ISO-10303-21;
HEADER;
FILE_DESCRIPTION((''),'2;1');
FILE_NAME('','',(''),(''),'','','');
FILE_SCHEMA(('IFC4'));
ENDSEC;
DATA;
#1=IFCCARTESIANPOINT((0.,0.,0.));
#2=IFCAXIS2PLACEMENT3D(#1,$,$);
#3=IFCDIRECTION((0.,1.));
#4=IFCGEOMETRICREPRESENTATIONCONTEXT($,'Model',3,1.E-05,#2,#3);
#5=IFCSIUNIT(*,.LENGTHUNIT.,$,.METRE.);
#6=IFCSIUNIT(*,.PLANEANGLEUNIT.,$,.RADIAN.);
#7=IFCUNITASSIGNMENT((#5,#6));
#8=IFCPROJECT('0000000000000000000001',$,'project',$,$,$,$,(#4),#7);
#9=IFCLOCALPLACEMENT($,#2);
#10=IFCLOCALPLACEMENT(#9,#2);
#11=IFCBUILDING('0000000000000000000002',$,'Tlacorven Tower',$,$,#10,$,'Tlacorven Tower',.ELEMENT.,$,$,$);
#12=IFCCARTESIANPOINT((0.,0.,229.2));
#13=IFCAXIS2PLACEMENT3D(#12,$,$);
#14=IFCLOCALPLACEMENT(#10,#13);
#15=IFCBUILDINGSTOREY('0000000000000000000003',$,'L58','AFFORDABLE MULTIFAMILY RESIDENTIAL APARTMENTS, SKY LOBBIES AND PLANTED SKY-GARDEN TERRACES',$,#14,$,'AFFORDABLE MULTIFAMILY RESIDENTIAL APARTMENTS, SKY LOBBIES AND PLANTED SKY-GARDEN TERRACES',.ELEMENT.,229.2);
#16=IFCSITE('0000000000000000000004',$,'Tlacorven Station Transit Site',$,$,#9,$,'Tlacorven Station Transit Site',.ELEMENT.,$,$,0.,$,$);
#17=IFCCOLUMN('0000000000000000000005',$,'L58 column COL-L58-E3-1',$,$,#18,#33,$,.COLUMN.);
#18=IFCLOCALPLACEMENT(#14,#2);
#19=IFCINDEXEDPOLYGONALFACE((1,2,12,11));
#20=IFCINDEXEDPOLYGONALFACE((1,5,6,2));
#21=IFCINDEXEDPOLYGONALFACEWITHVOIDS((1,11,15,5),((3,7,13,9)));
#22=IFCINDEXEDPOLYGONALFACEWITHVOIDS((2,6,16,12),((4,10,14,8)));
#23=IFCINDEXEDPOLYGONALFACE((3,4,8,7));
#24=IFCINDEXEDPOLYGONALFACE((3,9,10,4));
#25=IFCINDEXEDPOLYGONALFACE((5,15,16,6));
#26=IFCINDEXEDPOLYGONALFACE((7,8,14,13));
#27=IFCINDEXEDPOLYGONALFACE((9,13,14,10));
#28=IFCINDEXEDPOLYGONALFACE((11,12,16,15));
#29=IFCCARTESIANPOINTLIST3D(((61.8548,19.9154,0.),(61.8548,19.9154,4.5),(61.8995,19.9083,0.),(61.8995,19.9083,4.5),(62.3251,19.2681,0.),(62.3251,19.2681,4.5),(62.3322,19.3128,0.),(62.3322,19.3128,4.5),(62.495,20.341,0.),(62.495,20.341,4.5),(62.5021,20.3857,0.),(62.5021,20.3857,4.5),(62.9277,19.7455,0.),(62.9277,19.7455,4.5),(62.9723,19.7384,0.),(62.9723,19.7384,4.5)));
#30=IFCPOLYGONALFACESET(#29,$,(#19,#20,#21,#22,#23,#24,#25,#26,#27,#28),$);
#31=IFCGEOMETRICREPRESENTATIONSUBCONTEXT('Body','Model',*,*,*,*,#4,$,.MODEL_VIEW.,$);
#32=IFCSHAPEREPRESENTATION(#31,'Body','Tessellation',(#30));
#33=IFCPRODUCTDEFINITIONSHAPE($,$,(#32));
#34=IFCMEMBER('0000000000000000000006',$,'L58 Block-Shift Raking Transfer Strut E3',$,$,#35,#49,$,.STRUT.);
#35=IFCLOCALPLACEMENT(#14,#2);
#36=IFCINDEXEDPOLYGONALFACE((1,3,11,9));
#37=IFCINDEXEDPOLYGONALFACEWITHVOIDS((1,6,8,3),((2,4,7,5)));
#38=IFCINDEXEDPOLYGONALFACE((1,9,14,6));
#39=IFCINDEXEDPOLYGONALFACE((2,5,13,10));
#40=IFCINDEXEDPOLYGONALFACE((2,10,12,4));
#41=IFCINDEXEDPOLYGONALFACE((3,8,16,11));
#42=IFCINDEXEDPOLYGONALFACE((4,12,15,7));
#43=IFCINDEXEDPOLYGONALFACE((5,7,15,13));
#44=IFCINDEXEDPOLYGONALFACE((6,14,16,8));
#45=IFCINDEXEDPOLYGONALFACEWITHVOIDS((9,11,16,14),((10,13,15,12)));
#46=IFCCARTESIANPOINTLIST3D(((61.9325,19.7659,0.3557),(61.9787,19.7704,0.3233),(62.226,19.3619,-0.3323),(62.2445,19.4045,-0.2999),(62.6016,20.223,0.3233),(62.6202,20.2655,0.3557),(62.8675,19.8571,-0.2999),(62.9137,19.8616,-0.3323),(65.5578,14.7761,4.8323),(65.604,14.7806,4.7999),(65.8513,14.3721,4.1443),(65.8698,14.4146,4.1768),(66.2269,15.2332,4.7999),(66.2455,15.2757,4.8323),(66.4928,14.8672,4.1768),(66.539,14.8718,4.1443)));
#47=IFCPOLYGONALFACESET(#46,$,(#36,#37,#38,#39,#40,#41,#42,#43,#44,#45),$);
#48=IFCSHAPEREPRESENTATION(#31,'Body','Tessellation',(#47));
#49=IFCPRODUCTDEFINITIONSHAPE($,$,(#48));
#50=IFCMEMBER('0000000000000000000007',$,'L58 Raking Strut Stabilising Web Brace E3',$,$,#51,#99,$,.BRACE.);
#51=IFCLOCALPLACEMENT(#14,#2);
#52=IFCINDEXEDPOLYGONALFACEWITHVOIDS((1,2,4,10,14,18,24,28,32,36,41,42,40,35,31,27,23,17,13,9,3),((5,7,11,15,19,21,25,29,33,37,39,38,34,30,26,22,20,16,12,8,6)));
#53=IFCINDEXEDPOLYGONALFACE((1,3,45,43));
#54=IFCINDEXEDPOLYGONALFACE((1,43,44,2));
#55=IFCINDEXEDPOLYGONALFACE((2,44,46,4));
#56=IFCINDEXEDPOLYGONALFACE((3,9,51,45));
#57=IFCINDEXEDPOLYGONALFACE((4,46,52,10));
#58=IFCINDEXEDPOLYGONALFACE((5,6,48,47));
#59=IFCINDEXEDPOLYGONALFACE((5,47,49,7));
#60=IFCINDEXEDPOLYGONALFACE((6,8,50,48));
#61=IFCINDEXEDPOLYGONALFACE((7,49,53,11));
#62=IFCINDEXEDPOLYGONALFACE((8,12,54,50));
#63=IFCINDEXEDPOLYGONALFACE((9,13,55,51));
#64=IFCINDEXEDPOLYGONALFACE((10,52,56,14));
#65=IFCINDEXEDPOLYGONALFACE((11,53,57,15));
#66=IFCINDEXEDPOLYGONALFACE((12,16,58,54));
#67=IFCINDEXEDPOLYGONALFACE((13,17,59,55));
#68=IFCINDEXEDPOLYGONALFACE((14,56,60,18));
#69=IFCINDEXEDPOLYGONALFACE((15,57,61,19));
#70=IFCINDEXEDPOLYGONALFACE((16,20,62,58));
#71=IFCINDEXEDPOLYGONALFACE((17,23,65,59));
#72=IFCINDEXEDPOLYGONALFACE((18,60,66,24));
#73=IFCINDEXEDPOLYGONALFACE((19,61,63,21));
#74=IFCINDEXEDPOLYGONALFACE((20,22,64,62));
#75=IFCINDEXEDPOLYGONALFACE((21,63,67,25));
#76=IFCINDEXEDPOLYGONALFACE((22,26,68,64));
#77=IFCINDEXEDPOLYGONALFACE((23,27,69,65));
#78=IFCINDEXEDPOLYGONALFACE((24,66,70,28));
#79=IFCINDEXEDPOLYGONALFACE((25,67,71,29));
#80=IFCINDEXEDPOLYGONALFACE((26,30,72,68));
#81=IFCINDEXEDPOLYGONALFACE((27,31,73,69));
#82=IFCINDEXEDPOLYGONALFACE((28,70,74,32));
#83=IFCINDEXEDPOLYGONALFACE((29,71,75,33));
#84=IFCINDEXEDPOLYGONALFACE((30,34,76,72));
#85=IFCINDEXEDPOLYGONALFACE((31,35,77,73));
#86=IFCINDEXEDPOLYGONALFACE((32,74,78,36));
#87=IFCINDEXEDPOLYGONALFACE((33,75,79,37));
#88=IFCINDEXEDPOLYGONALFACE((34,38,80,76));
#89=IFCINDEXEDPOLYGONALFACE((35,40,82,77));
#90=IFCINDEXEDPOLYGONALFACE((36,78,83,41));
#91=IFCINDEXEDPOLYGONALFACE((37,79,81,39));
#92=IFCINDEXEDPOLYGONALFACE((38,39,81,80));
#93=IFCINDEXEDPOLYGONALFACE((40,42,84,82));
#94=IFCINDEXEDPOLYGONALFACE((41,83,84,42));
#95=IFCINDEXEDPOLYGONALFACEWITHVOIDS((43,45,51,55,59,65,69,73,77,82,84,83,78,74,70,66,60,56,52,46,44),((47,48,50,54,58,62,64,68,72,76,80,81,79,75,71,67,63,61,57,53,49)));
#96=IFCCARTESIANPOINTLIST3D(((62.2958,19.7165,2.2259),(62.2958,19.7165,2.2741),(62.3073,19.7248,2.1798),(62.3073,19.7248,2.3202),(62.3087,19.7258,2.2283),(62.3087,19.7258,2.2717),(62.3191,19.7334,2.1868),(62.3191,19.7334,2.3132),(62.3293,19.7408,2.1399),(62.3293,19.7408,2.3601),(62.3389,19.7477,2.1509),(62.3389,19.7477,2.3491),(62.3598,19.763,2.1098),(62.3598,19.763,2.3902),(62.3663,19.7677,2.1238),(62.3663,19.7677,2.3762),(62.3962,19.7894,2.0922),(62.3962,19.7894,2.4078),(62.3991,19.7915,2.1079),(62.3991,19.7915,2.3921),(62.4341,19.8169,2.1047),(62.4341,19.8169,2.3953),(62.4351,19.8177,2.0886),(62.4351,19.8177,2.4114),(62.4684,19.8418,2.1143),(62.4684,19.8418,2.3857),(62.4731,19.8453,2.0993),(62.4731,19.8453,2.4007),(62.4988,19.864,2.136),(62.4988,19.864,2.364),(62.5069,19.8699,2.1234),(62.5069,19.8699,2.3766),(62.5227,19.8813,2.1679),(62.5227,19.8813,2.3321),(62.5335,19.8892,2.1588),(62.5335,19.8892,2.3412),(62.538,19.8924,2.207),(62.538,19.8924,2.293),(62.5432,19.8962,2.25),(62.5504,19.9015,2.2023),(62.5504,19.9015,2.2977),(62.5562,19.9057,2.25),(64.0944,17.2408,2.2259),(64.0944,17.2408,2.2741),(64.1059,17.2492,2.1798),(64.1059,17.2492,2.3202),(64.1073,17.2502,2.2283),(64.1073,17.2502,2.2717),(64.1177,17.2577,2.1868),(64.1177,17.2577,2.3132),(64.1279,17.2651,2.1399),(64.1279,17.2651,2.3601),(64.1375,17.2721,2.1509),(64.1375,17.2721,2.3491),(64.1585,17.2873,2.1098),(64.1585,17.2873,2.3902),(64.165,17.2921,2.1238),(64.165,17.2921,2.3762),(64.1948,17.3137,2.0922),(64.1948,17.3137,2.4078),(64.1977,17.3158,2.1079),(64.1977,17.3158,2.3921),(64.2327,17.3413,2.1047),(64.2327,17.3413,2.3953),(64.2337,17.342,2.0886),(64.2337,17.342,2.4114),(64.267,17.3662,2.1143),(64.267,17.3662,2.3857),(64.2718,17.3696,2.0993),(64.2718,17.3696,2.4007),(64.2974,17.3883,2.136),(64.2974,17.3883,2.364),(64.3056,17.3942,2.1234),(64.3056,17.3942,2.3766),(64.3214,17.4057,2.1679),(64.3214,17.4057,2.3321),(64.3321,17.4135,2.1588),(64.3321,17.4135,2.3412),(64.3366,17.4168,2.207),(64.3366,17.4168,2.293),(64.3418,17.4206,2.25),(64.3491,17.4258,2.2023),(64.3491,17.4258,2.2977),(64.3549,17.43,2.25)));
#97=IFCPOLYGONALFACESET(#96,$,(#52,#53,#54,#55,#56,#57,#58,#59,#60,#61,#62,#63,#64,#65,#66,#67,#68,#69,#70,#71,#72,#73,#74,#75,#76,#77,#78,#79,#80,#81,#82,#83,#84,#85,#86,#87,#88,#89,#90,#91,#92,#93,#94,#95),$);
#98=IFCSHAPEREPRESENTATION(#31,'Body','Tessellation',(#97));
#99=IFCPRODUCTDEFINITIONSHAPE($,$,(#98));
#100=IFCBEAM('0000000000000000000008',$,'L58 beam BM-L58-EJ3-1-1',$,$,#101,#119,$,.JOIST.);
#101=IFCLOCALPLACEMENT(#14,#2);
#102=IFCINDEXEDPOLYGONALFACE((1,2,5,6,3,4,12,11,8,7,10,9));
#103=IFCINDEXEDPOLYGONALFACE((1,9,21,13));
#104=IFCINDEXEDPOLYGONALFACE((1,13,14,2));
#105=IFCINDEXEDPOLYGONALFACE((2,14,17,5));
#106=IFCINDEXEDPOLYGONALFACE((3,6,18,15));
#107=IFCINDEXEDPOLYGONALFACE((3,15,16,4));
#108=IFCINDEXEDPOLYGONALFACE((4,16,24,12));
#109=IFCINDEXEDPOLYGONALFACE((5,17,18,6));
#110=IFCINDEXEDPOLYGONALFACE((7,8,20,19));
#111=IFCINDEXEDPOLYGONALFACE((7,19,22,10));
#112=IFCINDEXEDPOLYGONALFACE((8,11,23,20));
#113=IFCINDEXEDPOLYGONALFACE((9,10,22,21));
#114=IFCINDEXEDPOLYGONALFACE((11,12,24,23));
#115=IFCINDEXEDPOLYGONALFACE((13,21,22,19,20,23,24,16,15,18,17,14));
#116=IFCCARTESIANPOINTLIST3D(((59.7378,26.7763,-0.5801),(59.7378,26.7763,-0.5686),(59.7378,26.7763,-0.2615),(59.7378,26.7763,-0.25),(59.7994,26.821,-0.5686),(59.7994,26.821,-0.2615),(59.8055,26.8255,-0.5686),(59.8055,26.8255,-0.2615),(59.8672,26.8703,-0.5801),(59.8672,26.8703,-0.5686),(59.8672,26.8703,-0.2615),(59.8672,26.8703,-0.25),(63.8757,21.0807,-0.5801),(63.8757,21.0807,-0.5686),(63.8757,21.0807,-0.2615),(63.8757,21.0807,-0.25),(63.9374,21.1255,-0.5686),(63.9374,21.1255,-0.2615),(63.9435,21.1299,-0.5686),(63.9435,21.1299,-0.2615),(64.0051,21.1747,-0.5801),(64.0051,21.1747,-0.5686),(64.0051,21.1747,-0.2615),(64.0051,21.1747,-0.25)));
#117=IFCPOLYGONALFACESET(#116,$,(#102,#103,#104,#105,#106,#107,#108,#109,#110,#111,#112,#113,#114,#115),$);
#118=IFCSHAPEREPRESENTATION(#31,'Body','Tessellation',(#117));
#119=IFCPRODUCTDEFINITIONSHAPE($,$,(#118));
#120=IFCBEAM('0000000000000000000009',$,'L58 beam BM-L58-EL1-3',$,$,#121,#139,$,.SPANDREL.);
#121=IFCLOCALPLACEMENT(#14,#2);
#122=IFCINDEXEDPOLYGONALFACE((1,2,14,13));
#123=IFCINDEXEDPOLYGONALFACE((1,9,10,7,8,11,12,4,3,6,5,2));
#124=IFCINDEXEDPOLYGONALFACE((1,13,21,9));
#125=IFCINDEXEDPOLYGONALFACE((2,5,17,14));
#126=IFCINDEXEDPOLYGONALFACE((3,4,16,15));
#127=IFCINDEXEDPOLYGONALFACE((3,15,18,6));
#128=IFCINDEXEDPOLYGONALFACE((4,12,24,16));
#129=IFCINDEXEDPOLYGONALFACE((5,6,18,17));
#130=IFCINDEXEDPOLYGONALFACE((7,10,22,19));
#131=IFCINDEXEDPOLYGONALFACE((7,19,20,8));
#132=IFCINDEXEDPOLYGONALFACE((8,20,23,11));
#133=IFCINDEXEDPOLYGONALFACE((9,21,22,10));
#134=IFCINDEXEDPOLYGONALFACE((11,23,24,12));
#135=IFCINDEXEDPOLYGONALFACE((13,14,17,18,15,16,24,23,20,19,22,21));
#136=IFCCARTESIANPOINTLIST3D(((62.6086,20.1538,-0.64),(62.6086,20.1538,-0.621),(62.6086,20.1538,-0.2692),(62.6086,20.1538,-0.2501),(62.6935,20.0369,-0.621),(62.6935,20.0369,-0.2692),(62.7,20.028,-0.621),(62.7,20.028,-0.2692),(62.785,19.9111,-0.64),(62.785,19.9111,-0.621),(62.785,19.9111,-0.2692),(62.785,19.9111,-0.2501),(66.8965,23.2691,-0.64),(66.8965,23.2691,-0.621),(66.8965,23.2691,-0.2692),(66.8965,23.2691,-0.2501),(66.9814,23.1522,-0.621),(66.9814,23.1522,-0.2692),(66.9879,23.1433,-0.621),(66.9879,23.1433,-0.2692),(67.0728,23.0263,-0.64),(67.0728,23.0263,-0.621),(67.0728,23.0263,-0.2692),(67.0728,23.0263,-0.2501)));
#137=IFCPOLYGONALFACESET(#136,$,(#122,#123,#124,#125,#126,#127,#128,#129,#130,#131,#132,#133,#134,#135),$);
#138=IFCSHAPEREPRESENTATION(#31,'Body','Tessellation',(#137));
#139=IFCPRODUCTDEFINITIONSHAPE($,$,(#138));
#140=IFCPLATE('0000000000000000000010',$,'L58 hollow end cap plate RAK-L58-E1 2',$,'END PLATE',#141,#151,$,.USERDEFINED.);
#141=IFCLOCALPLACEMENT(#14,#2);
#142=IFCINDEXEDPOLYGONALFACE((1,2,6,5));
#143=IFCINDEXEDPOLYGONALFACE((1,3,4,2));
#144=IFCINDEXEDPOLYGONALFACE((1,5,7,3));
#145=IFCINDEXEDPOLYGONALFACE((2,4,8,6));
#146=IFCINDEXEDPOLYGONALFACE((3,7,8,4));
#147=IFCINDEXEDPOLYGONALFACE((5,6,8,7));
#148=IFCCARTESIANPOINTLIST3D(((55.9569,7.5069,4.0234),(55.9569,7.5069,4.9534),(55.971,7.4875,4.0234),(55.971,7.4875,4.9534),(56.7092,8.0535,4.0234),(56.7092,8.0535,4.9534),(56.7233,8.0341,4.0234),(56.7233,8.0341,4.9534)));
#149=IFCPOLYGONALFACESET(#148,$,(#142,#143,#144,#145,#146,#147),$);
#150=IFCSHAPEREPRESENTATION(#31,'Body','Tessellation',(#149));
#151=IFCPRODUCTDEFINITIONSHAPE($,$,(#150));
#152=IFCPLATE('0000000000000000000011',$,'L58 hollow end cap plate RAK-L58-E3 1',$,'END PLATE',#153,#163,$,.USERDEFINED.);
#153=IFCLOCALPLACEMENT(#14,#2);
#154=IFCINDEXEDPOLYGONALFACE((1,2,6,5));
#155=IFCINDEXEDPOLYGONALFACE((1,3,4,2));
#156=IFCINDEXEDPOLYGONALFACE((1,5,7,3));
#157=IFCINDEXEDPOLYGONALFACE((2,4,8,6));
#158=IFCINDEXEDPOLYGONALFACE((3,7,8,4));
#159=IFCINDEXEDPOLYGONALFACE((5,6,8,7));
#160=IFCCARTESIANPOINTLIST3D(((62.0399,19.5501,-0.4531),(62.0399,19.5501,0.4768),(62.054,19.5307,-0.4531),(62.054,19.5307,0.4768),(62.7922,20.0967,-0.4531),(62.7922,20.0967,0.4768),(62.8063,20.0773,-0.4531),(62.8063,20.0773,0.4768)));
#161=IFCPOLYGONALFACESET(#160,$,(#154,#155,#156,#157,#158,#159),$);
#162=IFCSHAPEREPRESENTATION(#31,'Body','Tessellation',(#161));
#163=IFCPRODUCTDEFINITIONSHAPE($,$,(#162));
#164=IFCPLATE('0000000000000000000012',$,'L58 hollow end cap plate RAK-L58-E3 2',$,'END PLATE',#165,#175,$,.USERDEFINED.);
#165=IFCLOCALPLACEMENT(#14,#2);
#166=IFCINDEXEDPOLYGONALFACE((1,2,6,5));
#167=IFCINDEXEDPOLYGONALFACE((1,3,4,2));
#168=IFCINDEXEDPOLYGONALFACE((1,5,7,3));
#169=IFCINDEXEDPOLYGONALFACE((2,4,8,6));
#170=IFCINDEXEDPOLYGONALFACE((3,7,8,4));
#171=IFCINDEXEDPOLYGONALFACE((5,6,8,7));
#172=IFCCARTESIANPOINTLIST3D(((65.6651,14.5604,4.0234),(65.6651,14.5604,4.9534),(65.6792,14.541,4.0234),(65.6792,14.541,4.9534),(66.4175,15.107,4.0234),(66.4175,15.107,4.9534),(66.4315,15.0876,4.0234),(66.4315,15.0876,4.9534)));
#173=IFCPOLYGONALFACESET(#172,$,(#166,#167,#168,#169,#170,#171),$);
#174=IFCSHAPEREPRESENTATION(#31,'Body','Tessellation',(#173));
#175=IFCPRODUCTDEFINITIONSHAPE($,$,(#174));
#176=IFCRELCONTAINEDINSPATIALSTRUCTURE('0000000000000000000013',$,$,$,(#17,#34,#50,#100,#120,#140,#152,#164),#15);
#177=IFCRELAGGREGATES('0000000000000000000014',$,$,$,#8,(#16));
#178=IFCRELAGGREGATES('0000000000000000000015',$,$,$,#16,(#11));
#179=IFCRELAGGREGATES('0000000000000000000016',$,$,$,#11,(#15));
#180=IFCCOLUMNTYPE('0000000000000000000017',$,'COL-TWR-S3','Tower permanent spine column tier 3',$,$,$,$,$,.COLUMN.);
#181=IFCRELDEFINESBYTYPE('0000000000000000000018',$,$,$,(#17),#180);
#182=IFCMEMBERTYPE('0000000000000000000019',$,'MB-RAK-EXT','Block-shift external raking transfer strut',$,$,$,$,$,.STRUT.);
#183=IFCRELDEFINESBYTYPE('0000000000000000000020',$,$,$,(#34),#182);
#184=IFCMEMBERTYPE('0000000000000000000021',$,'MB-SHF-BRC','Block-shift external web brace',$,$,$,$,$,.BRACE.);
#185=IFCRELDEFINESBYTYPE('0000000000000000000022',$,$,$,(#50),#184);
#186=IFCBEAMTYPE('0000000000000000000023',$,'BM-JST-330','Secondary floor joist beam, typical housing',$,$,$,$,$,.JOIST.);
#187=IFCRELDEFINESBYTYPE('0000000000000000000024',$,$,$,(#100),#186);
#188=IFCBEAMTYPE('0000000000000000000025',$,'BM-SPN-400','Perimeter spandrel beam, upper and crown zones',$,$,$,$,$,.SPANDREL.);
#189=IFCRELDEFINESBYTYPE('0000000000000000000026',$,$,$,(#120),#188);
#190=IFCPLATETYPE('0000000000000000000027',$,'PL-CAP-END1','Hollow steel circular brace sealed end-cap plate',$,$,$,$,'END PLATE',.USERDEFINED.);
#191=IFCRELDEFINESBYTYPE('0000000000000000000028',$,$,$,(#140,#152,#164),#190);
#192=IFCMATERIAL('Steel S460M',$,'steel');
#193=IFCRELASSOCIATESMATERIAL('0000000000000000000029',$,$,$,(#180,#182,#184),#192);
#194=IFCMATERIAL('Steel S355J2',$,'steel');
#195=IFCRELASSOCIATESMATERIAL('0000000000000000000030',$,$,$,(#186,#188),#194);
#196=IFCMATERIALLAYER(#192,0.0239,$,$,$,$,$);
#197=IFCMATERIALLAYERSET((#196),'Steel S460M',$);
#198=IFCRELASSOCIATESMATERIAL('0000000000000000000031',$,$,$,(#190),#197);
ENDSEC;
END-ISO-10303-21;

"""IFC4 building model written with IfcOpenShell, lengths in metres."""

from ifc_helpers import new_model, si_unit, direction, frame, origin, origin_2d, place, context, subcontext, project, spatial, rectangle, hollow_rectangle, hollow_circle, i_section, extrude, source, transform, mapped, material, layer, layer_set, material_profile, profile_set, type_object, element, save


model = new_model("IFC4")

# Units and contexts
model_context = context("Model", 3, precision=1e-05, world=origin(), true_north=direction((0.0, 1.0)))
body_context = subcontext(model_context, "Body", "Model", "MODEL_VIEW")
ifc_project = project(units=[si_unit("LENGTHUNIT", "METRE"), si_unit("PLANEANGLEUNIT", "RADIAN")], contexts=[model_context])

# Site, building, storey
site_placement = place(None, origin())
site = spatial("IfcSite", under=ifc_project, at=site_placement, Name="Tlacorven Station Transit Site", LongName="Tlacorven Station Transit Site", CompositionType="ELEMENT", RefElevation=0.0)
building_placement = place(site_placement, origin())
building = spatial("IfcBuilding", under=site, at=building_placement, Name="Tlacorven Tower", LongName="Tlacorven Tower", CompositionType="ELEMENT")
storey_placement = place(building_placement, frame((0.0, 0.0, 229.2)))
storey = spatial("IfcBuildingStorey", under=building, at=storey_placement, Name="L58", Description="AFFORDABLE MULTIFAMILY RESIDENTIAL APARTMENTS, SKY LOBBIES AND PLANTED SKY-GARDEN TERRACES", LongName="AFFORDABLE MULTIFAMILY RESIDENTIAL APARTMENTS, SKY LOBBIES AND PLANTED SKY-GARDEN TERRACES", CompositionType="ELEMENT", Elevation=229.2)

# Column
ifc_material_1 = material(Name="Steel S460M", Category="steel")
ifc_material_profile_1 = material_profile(ifc_material_1, hollow_rectangle(XDim=0.8, YDim=0.8, WallThickness=0.032, at=origin_2d()), Name="BOX 800X800X32")
ifc_profile_set_1 = profile_set([ifc_material_profile_1], Name="Steel S460M")
column_type = type_object("IfcColumnType", Name="COL-TWR-S3", Description="Tower permanent spine column tier 3", PredefinedType="COLUMN", material=ifc_profile_set_1)
shared_shape_1 = source(origin(), body_context, "Body", "SweptSolid", [
    extrude(hollow_rectangle(XDim=0.8, YDim=0.8, WallThickness=0.032, at=origin_2d()), origin(), (0.0, 0.0, 1.0), 4.5),
])
column_placement = place(storey_placement, frame((62.4136, 19.8269, 0.0), z_axis=(0.0, 0.0, 1.0), x_axis=(0.809017, 0.587785, 0.0)))
element("IfcColumn", 1, at=column_placement, inside=storey, type_object=column_type, Name="L58 column COL-L58-E3-1", PredefinedType="COLUMN", context=body_context, shape_type="MappedRepresentation", body=[
    mapped(shared_shape_1, transform((0.0, 0.0, 0.0), scale=1.0)),
])

# Members
ifc_material_profile_2 = material_profile(ifc_material_1, hollow_rectangle(XDim=0.8501, YDim=0.8501, WallThickness=0.04, at=origin_2d()), Name="BOX 850X850X40")
ifc_profile_set_2 = profile_set([ifc_material_profile_2], Name="Steel S460M")
member_type_1 = type_object("IfcMemberType", Name="MB-RAK-EXT", Description="Block-shift external raking transfer strut", PredefinedType="STRUT", material=ifc_profile_set_2)
shared_shape_2 = source(origin(), body_context, "Body", "SweptSolid", [
    extrude(hollow_rectangle(XDim=0.8501, YDim=0.8501, WallThickness=0.04, at=origin_2d()), origin(), (0.0, 0.0, 1.0), 7.6211),
])
member_1_placement = place(storey_placement, frame((62.4231, 19.8137, 0.0117), z_axis=(0.475692, -0.654737, 0.587399), x_axis=(0.809018, 0.587783, 0.0)))
element("IfcMember", 2, at=member_1_placement, inside=storey, type_object=member_type_1, Name="L58 Block-Shift Raking Transfer Strut E3", PredefinedType="STRUT", context=body_context, shape_type="MappedRepresentation", body=[
    mapped(shared_shape_2, transform((0.0, 0.0, 0.0), scale=1.0)),
])
ifc_material_profile_3 = material_profile(ifc_material_1, hollow_circle(Radius=0.1619, WallThickness=0.0161, at=origin_2d()), Name="CHS 323.9X16")
ifc_profile_set_3 = profile_set([ifc_material_profile_3], Name="Steel S460M")
member_type_2 = type_object("IfcMemberType", Name="MB-SHF-BRC", Description="Block-shift external web brace", PredefinedType="BRACE", material=ifc_profile_set_3)
shared_shape_3 = source(origin(), body_context, "Body", "SweptSolid", [
    extrude(hollow_circle(Radius=0.1619, WallThickness=0.0161, at=origin_2d()), origin(), (0.0, 0.0, 1.0), 3.0601),
])
member_2_placement = place(storey_placement, frame((62.4253, 19.8105, 2.25), z_axis=(0.587778, -0.809022, 0.0), x_axis=(0.809022, 0.587778, 0.0)))
element("IfcMember", 3, at=member_2_placement, inside=storey, type_object=member_type_2, Name="L58 Raking Strut Stabilising Web Brace E3", PredefinedType="BRACE", context=body_context, shape_type="MappedRepresentation", body=[
    mapped(shared_shape_3, transform((0.0, 0.0, 0.0), scale=1.0)),
])

# Beams
ifc_material_2 = material(Name="Steel S355J2", Category="steel")
ifc_material_profile_4 = material_profile(ifc_material_2, i_section(OverallWidth=0.1599, OverallDepth=0.3301, WebThickness=0.0076, FlangeThickness=0.0115, at=origin_2d()), Name="IPE 330")
ifc_profile_set_4 = profile_set([ifc_material_profile_4], Name="Steel S355J2")
beam_type_1 = type_object("IfcBeamType", Name="BM-JST-330", Description="Secondary floor joist beam, typical housing", PredefinedType="JOIST", material=ifc_profile_set_4)
shared_shape_4 = source(origin(), body_context, "Body", "SweptSolid", [
    extrude(i_section(OverallWidth=0.1599, OverallDepth=0.3301, WebThickness=0.0076, FlangeThickness=0.0115, at=origin_2d()), origin(), (0.0, 0.0, 1.0), 7.04),
])
beam_1_placement = place(storey_placement, frame((63.9404, 21.1277, -0.415), z_axis=(-0.587774, 0.809025, 0.0), x_axis=(-0.809025, -0.587774, 0.0)))
element("IfcBeam", 4, at=beam_1_placement, inside=storey, type_object=beam_type_1, Name="L58 beam BM-L58-EJ3-1-1", PredefinedType="JOIST", context=body_context, shape_type="MappedRepresentation", body=[
    mapped(shared_shape_4, transform((0.0, 0.0, 0.0), scale=1.0)),
])
ifc_material_profile_5 = material_profile(ifc_material_2, i_section(OverallWidth=0.3, OverallDepth=0.3899, WebThickness=0.011, FlangeThickness=0.019, at=origin_2d()), Name="HEA 400")
ifc_profile_set_5 = profile_set([ifc_material_profile_5], Name="Steel S355J2")
beam_type_2 = type_object("IfcBeamType", Name="BM-SPN-400", Description="Perimeter spandrel beam, upper and crown zones", PredefinedType="SPANDREL", material=ifc_profile_set_5)
shared_shape_5 = source(origin(), body_context, "Body", "SweptSolid", [
    extrude(i_section(OverallWidth=0.3, OverallDepth=0.3899, WebThickness=0.011, FlangeThickness=0.019, at=origin_2d()), origin(), (0.0, 0.0, 1.0), 5.3),
])
beam_2_placement = place(storey_placement, frame((62.6968, 20.0325, -0.4451), z_axis=(0.809023, 0.587777, 0.0), x_axis=(-0.587777, 0.809023, 0.0)))
element("IfcBeam", 5, at=beam_2_placement, inside=storey, type_object=beam_type_2, Name="L58 beam BM-L58-EL1-3", PredefinedType="SPANDREL", context=body_context, shape_type="MappedRepresentation", body=[
    mapped(shared_shape_5, transform((0.0, 0.0, 0.0), scale=1.0)),
])

# Plates
ifc_layer_1 = layer(ifc_material_1, 0.0239)
ifc_layer_set_1 = layer_set([ifc_layer_1], Name="Steel S460M")
plate_type_1 = type_object("IfcPlateType", Name="PL-CAP-END1", Description="Hollow steel circular brace sealed end-cap plate", ElementType="END PLATE", PredefinedType="USERDEFINED", material=ifc_layer_set_1)
shared_shape_6 = source(origin(), body_context, "Body", "SweptSolid", [
    extrude(rectangle(XDim=0.0239, YDim=0.9299, at=origin_2d()), origin(), (0.0, 0.0, 1.0), 0.9299),
])
for number, where, z_axis, x_axis, name in (
    (6, (56.3401, 7.7705, 4.0234), (0.0, 0.0, 1.0), (0.587785, -0.809017, 0.0), "L58 hollow end cap plate RAK-L58-E1 2"),
    (7, (62.4231, 19.8137, -0.4531), (0.0, 0.0, 1.0), (0.587785, -0.809017, 0.0), "L58 hollow end cap plate RAK-L58-E3 1"),
    (8, (66.0483, 14.824, 4.0234), (0.0, 0.0, 1.0), (0.587785, -0.809017, 0.0), "L58 hollow end cap plate RAK-L58-E3 2"),
):
    element("IfcPlate", number, at=place(storey_placement, frame(where, z_axis=z_axis, x_axis=x_axis)), inside=storey, type_object=plate_type_1, Name=name, ObjectType="END PLATE", PredefinedType="USERDEFINED", context=body_context, shape_type="MappedRepresentation", body=[
        mapped(shared_shape_6, transform((0.0, 0.0, 0.0), scale=1.0)),
    ])

save(model, "model.ifc")
